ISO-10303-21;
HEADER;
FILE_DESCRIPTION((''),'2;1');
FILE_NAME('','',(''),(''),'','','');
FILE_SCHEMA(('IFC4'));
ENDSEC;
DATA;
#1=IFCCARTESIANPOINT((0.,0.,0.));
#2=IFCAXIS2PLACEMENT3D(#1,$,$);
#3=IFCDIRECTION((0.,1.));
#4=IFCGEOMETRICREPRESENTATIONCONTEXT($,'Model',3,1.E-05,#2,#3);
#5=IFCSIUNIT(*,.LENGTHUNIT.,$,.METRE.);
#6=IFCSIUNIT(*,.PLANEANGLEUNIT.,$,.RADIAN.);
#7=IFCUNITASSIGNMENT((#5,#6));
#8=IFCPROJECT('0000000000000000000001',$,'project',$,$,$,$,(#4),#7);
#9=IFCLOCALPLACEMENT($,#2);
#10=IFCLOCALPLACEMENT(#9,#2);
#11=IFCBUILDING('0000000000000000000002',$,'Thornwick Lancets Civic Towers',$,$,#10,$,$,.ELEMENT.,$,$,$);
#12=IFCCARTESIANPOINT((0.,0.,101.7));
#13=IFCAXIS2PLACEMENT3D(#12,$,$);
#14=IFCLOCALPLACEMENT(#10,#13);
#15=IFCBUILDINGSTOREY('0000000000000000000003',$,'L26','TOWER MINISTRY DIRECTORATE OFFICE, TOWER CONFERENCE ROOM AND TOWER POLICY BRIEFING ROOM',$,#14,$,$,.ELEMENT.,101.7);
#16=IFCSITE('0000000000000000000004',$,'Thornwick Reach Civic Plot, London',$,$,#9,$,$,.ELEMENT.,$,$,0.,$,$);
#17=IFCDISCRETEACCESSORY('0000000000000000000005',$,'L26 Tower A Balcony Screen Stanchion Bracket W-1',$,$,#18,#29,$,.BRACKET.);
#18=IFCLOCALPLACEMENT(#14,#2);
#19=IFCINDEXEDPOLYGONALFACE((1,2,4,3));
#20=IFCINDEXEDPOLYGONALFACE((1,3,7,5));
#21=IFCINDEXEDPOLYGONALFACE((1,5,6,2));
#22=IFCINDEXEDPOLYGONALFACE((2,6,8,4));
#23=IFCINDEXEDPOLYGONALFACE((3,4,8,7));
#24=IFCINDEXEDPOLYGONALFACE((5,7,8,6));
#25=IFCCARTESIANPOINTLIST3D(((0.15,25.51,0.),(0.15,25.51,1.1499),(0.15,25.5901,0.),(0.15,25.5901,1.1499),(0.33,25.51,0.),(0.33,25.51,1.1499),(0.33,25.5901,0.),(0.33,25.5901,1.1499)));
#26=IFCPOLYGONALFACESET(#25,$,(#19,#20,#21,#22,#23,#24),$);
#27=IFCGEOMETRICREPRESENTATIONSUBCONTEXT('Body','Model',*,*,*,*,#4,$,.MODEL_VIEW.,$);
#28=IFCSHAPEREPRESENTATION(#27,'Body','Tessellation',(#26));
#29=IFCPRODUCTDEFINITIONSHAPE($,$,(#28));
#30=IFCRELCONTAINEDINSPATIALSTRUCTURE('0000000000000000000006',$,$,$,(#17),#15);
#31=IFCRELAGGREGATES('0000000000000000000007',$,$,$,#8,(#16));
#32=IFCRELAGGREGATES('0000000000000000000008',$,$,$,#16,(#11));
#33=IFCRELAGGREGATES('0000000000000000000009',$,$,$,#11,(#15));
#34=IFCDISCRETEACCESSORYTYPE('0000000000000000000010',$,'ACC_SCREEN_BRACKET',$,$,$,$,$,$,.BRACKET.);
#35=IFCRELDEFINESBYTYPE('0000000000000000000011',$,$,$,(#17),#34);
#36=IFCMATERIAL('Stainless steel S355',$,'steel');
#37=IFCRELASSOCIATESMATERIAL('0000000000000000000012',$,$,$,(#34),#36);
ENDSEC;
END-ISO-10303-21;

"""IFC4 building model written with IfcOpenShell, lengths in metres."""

from ifc_helpers import new_model, si_unit, direction, frame, origin, origin_2d, place, context, subcontext, project, spatial, rectangle, extrude, material, type_object, element, save


model = new_model("IFC4")

# Units and contexts
model_context = context("Model", 3, precision=1e-05, world=origin(), true_north=direction((0.0, 1.0)))
body_context = subcontext(model_context, "Body", "Model", "MODEL_VIEW")
ifc_project = project(units=[si_unit("LENGTHUNIT", "METRE"), si_unit("PLANEANGLEUNIT", "RADIAN")], contexts=[model_context])

# Site, building, storey
site_placement = place(None, origin())
site = spatial("IfcSite", under=ifc_project, at=site_placement, Name="Thornwick Reach Civic Plot, London", CompositionType="ELEMENT", RefElevation=0.0)
building_placement = place(site_placement, origin())
building = spatial("IfcBuilding", under=site, at=building_placement, Name="Thornwick Lancets Civic Towers", CompositionType="ELEMENT")
storey_placement = place(building_placement, frame((0.0, 0.0, 101.7)))
storey = spatial("IfcBuildingStorey", under=building, at=storey_placement, Name="L26", Description="TOWER MINISTRY DIRECTORATE OFFICE, TOWER CONFERENCE ROOM AND TOWER POLICY BRIEFING ROOM", CompositionType="ELEMENT", Elevation=101.7)

# Discrete accessory
ifc_material_1 = material(Name="Stainless steel S355", Category="steel")
discrete_accessory_type_1 = type_object("IfcDiscreteAccessoryType", Name="ACC_SCREEN_BRACKET", PredefinedType="BRACKET", material=ifc_material_1)
discrete_accessory_1_placement = place(storey_placement, frame((0.24, 25.55, 0.0), z_axis=(0.0, 0.0, 1.0), x_axis=(0.0, 1.0, 0.0)))
element("IfcDiscreteAccessory", 1, at=discrete_accessory_1_placement, inside=storey, type_object=discrete_accessory_type_1, Name="L26 Tower A Balcony Screen Stanchion Bracket W-1", PredefinedType="BRACKET", context=body_context, shape_type="SweptSolid", body=[
    extrude(rectangle(XDim=0.0801, YDim=0.1799, at=origin_2d()), origin(), (0.0, 0.0, 1.0), 1.1499),
])

save(model, "model.ifc")
